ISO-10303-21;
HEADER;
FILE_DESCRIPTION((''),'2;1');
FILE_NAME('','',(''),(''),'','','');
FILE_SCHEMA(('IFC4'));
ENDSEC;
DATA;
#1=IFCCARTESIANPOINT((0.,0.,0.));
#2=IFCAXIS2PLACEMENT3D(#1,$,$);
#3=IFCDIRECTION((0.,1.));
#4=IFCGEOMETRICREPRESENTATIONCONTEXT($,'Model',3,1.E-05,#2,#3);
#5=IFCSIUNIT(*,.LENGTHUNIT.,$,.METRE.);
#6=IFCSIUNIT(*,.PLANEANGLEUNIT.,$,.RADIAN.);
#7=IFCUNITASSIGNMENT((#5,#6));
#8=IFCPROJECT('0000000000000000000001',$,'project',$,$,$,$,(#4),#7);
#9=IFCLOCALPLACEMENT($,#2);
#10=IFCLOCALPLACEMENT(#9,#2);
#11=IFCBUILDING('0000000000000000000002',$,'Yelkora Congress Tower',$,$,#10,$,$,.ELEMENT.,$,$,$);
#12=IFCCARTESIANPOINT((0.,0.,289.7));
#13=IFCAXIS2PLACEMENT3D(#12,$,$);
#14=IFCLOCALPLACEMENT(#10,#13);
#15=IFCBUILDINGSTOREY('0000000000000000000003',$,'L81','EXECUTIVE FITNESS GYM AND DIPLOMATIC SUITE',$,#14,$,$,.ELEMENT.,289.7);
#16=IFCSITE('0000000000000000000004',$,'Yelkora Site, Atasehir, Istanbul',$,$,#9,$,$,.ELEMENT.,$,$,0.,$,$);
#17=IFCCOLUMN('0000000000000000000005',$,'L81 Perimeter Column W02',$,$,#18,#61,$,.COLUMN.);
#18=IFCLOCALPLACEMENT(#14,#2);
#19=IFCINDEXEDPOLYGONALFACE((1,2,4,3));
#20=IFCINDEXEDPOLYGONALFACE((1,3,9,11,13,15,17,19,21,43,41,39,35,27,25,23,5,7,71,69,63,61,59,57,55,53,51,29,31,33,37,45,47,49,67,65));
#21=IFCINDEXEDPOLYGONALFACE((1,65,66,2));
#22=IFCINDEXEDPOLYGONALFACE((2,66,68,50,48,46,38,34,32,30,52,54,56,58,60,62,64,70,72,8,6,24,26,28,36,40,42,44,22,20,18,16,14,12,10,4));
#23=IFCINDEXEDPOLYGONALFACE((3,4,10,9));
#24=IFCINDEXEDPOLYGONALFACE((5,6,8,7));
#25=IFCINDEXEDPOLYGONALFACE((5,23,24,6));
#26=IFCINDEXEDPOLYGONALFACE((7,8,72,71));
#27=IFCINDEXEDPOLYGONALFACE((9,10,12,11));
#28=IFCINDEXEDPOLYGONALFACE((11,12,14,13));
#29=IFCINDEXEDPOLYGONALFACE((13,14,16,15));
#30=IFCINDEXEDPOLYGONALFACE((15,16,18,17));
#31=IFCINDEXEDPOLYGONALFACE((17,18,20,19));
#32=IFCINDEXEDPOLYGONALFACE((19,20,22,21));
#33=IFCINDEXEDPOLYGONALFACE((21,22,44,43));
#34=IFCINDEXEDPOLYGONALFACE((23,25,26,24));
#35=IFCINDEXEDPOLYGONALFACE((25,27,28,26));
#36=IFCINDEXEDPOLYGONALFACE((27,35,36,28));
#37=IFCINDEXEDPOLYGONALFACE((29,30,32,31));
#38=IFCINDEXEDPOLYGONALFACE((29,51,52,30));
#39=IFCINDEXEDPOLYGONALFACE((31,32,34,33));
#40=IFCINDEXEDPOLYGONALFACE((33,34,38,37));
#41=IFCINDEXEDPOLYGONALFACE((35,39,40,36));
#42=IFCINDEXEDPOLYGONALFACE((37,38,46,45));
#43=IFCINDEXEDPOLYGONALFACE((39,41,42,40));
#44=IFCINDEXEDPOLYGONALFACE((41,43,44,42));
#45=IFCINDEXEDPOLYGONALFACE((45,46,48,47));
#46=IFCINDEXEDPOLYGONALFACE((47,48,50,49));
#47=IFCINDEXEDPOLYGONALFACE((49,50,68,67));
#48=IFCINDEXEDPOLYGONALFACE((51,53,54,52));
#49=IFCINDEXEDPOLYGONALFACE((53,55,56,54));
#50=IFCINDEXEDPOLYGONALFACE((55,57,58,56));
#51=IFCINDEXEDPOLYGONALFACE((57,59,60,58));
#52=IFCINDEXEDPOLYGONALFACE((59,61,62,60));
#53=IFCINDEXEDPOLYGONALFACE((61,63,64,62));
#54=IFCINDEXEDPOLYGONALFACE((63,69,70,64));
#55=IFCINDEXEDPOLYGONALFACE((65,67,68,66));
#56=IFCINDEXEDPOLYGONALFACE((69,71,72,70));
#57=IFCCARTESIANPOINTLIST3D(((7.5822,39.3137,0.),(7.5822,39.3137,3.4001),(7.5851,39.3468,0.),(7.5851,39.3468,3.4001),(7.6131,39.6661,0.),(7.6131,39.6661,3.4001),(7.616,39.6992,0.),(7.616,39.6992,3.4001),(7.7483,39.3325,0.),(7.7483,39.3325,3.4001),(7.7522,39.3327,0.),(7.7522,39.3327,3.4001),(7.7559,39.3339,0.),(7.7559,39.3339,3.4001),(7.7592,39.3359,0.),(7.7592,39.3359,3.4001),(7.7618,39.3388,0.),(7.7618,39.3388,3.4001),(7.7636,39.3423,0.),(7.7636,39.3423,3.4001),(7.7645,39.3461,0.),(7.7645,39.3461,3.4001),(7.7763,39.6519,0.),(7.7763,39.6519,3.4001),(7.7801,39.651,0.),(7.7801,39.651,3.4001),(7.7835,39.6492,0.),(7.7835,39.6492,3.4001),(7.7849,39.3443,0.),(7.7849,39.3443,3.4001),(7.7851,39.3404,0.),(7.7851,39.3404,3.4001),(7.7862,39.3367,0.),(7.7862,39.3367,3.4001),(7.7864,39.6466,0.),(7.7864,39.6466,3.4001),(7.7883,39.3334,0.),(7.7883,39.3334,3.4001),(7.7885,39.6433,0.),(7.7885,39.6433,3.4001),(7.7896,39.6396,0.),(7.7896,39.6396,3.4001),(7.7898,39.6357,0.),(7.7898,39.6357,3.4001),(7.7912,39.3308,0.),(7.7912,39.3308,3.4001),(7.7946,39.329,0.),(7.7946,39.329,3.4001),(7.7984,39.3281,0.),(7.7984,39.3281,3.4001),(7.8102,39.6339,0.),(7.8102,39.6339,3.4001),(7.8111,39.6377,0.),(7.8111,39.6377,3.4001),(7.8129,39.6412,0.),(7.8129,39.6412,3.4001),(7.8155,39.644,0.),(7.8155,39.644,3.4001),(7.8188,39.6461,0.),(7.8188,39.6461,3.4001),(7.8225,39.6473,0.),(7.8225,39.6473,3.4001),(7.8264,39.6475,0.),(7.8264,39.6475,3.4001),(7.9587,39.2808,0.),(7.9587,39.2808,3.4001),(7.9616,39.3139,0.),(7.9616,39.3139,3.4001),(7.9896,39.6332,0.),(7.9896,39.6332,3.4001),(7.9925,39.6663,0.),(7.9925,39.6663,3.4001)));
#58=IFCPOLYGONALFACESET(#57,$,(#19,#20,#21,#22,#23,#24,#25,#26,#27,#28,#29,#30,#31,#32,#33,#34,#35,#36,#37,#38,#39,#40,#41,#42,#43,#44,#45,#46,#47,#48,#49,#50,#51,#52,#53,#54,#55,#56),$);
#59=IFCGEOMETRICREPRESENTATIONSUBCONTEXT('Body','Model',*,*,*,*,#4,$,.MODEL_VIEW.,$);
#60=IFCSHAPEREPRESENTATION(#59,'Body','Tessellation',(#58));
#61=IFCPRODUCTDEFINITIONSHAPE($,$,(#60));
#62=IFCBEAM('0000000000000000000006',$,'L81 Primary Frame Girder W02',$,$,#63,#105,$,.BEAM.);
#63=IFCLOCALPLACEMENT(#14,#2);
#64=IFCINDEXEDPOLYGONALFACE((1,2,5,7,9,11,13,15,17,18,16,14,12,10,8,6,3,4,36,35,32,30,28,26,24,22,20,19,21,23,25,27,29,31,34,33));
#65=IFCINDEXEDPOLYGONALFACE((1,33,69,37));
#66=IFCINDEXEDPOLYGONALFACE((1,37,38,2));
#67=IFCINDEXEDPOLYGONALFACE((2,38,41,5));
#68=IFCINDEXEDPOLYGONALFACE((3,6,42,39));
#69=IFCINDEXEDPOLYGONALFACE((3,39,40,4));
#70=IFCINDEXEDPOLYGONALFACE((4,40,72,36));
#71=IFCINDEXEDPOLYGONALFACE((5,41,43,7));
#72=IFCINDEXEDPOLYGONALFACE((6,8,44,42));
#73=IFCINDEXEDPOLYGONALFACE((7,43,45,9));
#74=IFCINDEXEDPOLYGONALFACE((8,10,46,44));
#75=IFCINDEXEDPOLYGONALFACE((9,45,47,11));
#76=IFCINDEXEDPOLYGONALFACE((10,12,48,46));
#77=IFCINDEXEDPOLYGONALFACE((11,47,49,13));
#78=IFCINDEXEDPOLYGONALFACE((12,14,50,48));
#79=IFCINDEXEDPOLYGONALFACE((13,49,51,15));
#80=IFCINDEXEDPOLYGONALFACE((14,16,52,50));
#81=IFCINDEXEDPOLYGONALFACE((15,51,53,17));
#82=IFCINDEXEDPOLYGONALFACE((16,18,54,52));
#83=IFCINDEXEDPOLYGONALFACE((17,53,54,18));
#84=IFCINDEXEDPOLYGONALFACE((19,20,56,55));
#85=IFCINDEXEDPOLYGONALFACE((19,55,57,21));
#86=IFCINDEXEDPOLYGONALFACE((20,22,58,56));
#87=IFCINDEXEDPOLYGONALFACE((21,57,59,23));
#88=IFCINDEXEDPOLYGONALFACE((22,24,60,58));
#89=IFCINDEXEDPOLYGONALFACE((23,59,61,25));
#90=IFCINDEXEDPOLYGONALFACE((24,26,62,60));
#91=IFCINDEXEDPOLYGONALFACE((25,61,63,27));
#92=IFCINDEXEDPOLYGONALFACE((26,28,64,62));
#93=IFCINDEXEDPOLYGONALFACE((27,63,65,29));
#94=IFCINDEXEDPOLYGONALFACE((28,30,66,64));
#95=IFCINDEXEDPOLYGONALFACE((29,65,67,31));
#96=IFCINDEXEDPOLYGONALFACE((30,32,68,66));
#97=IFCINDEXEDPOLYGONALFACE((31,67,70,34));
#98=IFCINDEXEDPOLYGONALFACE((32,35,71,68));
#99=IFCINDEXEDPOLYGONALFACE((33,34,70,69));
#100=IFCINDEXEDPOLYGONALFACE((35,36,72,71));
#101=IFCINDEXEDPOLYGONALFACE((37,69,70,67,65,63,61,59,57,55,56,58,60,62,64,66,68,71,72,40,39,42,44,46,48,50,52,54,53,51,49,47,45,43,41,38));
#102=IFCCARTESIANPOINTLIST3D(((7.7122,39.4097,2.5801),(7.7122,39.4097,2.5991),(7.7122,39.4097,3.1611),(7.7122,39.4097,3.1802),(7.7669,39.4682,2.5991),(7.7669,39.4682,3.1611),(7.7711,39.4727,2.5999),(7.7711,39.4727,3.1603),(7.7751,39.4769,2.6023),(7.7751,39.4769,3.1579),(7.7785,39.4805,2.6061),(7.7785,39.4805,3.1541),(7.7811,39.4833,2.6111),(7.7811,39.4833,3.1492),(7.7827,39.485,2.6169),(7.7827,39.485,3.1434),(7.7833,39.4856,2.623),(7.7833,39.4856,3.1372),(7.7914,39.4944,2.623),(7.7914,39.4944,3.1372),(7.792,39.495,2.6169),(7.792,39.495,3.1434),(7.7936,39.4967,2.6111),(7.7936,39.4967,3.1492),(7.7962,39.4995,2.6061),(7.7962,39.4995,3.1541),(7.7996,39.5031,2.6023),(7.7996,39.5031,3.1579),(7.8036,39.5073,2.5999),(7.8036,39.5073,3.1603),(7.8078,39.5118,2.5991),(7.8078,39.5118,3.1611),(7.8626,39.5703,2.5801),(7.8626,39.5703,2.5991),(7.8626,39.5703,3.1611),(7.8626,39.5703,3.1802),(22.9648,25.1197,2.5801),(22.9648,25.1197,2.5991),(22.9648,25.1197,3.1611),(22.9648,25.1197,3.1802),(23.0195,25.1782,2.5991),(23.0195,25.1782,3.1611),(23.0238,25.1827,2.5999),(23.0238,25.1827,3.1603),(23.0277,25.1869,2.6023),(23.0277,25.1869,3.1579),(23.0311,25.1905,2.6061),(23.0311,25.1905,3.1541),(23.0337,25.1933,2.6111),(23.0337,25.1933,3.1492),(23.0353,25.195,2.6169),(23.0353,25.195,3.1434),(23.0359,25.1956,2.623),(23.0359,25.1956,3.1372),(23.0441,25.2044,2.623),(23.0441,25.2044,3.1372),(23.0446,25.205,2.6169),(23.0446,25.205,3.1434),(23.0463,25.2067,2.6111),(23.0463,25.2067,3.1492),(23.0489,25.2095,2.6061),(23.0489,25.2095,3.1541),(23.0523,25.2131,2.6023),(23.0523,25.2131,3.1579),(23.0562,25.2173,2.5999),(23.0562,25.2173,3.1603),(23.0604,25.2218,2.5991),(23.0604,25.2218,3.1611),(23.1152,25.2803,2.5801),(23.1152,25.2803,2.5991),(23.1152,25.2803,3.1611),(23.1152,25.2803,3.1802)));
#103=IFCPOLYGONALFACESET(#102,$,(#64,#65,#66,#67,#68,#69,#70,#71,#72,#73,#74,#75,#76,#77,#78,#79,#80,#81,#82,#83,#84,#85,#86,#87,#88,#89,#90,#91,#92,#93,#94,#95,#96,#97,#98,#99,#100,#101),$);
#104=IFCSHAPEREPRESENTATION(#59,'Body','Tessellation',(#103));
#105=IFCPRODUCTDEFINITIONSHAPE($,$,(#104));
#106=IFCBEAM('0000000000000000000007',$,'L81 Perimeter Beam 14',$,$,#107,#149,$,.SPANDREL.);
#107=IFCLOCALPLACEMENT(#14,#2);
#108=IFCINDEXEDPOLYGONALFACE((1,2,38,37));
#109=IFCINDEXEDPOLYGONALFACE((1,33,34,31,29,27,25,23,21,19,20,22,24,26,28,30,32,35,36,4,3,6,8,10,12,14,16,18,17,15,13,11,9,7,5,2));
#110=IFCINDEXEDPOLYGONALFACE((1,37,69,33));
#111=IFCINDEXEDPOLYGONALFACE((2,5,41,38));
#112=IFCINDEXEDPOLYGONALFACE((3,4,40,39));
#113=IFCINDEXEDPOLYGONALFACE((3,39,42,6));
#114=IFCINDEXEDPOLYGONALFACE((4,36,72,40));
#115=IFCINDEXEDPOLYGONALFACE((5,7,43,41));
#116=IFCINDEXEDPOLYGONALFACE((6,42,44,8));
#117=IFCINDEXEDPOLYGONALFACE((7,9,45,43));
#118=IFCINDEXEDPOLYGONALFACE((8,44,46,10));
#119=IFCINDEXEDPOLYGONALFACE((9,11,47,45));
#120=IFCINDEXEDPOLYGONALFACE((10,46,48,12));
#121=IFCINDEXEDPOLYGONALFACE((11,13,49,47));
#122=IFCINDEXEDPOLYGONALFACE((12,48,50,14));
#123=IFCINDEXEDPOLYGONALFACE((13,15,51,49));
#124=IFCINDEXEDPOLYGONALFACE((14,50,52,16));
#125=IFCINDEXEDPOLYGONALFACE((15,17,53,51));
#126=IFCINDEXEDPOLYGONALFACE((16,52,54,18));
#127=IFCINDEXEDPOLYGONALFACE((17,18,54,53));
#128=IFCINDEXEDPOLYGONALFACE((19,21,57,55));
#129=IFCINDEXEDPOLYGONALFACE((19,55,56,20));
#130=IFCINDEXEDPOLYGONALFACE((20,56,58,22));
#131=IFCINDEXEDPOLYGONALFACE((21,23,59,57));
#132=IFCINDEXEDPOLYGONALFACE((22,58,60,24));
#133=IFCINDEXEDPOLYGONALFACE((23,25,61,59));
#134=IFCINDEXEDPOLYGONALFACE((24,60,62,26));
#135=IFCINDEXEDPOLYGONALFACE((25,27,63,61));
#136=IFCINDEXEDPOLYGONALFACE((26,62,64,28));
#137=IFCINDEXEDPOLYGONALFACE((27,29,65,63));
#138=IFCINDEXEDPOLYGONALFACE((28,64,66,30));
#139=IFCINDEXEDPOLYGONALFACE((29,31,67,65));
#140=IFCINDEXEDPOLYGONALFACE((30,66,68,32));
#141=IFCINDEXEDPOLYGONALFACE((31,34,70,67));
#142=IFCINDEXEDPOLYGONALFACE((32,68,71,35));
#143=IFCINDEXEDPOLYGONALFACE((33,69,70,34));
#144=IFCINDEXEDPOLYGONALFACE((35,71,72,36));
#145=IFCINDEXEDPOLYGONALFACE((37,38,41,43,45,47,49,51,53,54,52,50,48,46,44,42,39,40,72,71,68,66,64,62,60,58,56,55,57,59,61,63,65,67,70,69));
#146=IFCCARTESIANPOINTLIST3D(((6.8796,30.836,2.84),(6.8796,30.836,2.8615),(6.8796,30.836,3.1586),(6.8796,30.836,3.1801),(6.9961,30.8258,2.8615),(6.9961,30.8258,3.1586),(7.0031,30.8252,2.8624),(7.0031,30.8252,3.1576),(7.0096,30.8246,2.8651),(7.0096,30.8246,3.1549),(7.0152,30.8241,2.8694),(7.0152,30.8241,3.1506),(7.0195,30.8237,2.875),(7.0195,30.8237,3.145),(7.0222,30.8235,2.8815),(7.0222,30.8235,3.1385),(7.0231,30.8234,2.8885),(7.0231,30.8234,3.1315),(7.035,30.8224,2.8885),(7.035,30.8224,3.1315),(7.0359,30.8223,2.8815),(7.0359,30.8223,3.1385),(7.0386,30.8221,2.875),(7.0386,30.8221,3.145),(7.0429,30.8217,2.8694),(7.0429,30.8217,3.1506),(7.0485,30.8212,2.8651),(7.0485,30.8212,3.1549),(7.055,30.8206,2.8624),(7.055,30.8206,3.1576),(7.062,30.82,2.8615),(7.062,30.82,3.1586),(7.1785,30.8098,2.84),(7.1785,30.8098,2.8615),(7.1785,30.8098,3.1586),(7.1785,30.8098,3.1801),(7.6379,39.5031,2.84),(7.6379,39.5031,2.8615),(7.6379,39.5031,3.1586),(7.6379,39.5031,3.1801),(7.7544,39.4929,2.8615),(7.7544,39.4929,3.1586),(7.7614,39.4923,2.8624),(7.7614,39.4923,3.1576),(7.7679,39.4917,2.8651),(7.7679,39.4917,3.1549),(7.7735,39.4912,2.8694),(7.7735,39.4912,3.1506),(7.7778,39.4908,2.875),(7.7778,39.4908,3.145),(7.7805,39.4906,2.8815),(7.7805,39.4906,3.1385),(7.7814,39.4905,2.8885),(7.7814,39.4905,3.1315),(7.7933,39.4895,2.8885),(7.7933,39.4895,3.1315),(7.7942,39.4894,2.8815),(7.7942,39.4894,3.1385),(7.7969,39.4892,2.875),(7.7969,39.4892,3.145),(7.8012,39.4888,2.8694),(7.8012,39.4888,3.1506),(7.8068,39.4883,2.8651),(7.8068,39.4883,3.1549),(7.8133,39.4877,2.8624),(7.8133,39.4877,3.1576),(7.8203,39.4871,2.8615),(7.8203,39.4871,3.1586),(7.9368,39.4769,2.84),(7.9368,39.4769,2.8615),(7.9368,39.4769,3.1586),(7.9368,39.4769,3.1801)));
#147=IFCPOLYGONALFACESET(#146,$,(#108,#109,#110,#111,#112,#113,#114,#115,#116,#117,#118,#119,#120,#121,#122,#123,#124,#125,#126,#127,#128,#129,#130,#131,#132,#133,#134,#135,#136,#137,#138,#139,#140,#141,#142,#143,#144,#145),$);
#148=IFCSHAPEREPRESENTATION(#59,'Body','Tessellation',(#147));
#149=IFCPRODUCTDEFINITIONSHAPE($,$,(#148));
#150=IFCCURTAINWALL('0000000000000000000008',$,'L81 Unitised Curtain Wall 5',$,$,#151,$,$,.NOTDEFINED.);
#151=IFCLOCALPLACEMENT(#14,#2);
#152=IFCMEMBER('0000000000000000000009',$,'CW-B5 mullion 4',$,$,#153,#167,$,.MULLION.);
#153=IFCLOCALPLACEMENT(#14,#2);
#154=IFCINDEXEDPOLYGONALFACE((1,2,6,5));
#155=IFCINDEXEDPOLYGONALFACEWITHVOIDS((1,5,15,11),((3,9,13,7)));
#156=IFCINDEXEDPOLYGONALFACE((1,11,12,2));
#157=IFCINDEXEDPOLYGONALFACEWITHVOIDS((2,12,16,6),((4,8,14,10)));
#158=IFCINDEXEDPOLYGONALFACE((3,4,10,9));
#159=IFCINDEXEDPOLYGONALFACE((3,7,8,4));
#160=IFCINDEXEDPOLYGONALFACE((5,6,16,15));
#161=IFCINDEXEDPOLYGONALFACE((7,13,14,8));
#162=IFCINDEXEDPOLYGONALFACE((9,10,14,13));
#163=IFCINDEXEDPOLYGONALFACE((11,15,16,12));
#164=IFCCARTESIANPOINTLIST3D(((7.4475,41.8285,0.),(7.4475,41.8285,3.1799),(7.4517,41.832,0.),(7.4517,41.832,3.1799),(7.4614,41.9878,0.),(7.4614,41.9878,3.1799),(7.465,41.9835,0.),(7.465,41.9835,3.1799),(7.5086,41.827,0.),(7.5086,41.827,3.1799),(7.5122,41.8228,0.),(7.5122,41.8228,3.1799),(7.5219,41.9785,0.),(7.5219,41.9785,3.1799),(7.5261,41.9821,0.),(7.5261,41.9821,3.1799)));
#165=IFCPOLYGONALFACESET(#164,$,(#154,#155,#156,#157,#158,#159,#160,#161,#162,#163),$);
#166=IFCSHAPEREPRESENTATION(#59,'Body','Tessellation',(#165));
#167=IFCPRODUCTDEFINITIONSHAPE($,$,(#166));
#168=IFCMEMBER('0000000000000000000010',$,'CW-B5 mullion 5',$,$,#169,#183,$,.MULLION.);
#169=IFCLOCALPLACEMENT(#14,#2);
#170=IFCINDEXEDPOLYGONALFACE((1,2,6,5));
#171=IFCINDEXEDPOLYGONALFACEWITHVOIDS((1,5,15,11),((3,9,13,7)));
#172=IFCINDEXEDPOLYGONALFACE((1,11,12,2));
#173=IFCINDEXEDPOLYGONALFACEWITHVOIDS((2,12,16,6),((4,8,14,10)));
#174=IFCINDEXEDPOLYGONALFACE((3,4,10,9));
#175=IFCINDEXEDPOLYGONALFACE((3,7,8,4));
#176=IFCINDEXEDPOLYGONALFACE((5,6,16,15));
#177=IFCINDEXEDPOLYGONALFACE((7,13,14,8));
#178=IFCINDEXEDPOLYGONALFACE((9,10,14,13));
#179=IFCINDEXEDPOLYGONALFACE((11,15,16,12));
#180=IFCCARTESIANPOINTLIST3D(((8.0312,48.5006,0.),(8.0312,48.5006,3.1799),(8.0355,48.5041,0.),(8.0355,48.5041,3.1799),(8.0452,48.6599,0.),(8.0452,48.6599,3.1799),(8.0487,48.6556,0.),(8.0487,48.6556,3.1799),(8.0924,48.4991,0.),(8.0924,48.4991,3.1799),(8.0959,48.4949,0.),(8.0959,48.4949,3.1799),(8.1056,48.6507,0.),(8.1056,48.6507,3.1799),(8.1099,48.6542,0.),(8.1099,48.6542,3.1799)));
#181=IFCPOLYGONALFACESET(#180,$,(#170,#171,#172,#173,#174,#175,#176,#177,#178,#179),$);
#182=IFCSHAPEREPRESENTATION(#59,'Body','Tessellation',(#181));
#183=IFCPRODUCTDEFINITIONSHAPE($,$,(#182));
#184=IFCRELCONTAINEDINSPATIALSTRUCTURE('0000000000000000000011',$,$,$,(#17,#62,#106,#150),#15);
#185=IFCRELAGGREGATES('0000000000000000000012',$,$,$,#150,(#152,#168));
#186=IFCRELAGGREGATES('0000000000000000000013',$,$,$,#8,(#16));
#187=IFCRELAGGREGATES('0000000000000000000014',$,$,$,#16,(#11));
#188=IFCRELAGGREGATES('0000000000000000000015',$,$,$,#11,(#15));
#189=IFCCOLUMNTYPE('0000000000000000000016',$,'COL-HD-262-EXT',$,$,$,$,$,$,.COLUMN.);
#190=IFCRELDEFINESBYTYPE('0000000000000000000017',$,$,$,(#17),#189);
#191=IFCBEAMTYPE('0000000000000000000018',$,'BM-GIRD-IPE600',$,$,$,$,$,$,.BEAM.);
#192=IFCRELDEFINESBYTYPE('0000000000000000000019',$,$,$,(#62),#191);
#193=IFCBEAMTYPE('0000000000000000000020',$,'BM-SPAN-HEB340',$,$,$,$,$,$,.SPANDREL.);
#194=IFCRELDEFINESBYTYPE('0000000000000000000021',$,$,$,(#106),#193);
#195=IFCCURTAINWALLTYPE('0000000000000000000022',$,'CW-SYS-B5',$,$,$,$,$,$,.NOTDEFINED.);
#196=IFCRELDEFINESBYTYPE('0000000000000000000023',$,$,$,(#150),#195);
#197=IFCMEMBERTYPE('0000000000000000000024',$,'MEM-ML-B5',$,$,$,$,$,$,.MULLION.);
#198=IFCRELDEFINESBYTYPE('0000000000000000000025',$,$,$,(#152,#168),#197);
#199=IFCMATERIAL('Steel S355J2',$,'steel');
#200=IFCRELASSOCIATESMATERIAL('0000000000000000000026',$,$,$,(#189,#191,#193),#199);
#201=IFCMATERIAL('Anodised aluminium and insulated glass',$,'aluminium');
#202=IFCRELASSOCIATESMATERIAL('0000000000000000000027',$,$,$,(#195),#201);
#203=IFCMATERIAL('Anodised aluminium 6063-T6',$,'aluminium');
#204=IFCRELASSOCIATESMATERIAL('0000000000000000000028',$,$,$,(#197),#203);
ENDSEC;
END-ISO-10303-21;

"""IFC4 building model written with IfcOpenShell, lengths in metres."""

from ifc_helpers import new_model, si_unit, direction, frame, origin, origin_2d, place, context, subcontext, project, spatial, hollow_rectangle, i_section, extrude, material, material_profile, profile_set, type_object, element, aggregate, save


model = new_model("IFC4")

# Units and contexts
model_context = context("Model", 3, precision=1e-05, world=origin(), true_north=direction((0.0, 1.0)))
body_context = subcontext(model_context, "Body", "Model", "MODEL_VIEW")
ifc_project = project(units=[si_unit("LENGTHUNIT", "METRE"), si_unit("PLANEANGLEUNIT", "RADIAN")], contexts=[model_context])

# Site, building, storey
site_placement = place(None, origin())
site = spatial("IfcSite", under=ifc_project, at=site_placement, Name="Yelkora Site, Atasehir, Istanbul", CompositionType="ELEMENT", RefElevation=0.0)
building_placement = place(site_placement, origin())
building = spatial("IfcBuilding", under=site, at=building_placement, Name="Yelkora Congress Tower", CompositionType="ELEMENT")
storey_placement = place(building_placement, frame((0.0, 0.0, 289.7)))
storey = spatial("IfcBuildingStorey", under=building, at=storey_placement, Name="L81", Description="EXECUTIVE FITNESS GYM AND DIPLOMATIC SUITE", CompositionType="ELEMENT", Elevation=289.7)

# Column
ifc_material_1 = material(Name="Steel S355J2", Category="steel")
ifc_material_profile_1 = material_profile(ifc_material_1, i_section(OverallWidth=0.3779, OverallDepth=0.387, WebThickness=0.0205, FlangeThickness=0.0332, FilletRadius=0.0149, at=origin_2d()), Name="HD 360x262")
ifc_profile_set_1 = profile_set([ifc_material_profile_1], Name="Steel S355J2")
column_type = type_object("IfcColumnType", Name="COL-HD-262-EXT", PredefinedType="COLUMN", material=ifc_profile_set_1)
column_placement = place(storey_placement, frame((7.7874, 39.49, 0.0), z_axis=(0.0, 0.0, 1.0), x_axis=(0.996195, -0.087156, 0.0)))
element("IfcColumn", 1, at=column_placement, inside=storey, type_object=column_type, Name="L81 Perimeter Column W02", PredefinedType="COLUMN", context=body_context, shape_type="SweptSolid", body=[
    extrude(i_section(OverallWidth=0.3779, OverallDepth=0.387, WebThickness=0.0205, FlangeThickness=0.0332, FilletRadius=0.0149, at=origin_2d()), origin(), (0.0, 0.0, 1.0), 3.4001),
])

# Beams
ifc_material_profile_2 = material_profile(ifc_material_1, i_section(OverallWidth=0.22, OverallDepth=0.6001, WebThickness=0.012, FlangeThickness=0.019, FilletRadius=0.0239, at=origin_2d()), Name="IPE 600")
ifc_profile_set_2 = profile_set([ifc_material_profile_2], Name="Steel S355J2")
beam_type_1 = type_object("IfcBeamType", Name="BM-GIRD-IPE600", PredefinedType="BEAM", material=ifc_profile_set_2)
beam_1_placement = place(storey_placement, frame((7.7874, 39.49, 2.8801), z_axis=(0.72976, -0.683703, 0.0), x_axis=(0.683703, 0.72976, 0.0)))
element("IfcBeam", 2, at=beam_1_placement, inside=storey, type_object=beam_type_1, Name="L81 Primary Frame Girder W02", PredefinedType="BEAM", context=body_context, shape_type="SweptSolid", body=[
    extrude(i_section(OverallWidth=0.22, OverallDepth=0.6001, WebThickness=0.012, FlangeThickness=0.019, FilletRadius=0.0239, at=origin_2d()), origin(), (0.0, 0.0, 1.0), 20.9009),
])
ifc_material_profile_3 = material_profile(ifc_material_1, i_section(OverallWidth=0.3, OverallDepth=0.3401, WebThickness=0.012, FlangeThickness=0.0215, FilletRadius=0.0271, at=origin_2d()), Name="HEB 340")
ifc_profile_set_3 = profile_set([ifc_material_profile_3], Name="Steel S355J2")
beam_type_2 = type_object("IfcBeamType", Name="BM-SPAN-HEB340", PredefinedType="SPANDREL", material=ifc_profile_set_3)
beam_2_placement = place(storey_placement, frame((7.7874, 39.49, 3.01), z_axis=(-0.08716, -0.996194, 0.0), x_axis=(0.996194, -0.08716, 0.0)))
element("IfcBeam", 3, at=beam_2_placement, inside=storey, type_object=beam_type_2, Name="L81 Perimeter Beam 14", PredefinedType="SPANDREL", context=body_context, shape_type="SweptSolid", body=[
    extrude(i_section(OverallWidth=0.3, OverallDepth=0.3401, WebThickness=0.012, FlangeThickness=0.0215, FilletRadius=0.0271, at=origin_2d()), origin(), (0.0, 0.0, 1.0), 8.7002),
])

# Curtain wall, members
ifc_material_2 = material(Name="Anodised aluminium and insulated glass", Category="aluminium")
curtain_wall_type = type_object("IfcCurtainWallType", Name="CW-SYS-B5", PredefinedType="NOTDEFINED", material=ifc_material_2)
curtain_wall_1_placement = place(storey_placement, origin())
curtain_wall_1 = element("IfcCurtainWall", 4, at=curtain_wall_1_placement, inside=storey, type_object=curtain_wall_type, Name="L81 Unitised Curtain Wall 5", PredefinedType="NOTDEFINED")
ifc_material_3 = material(Name="Anodised aluminium 6063-T6", Category="aluminium")
ifc_material_profile_4 = material_profile(ifc_material_3, hollow_rectangle(XDim=0.0649, YDim=0.1599, WallThickness=0.0039, at=origin_2d()), Name="ALU 65x160x4")
ifc_profile_set_4 = profile_set([ifc_material_profile_4], Name="Anodised aluminium 6063-T6")
member_type_1 = type_object("IfcMemberType", Name="MEM-ML-B5", PredefinedType="MULLION", material=ifc_profile_set_4)
member_1_placement = place(storey_placement, frame((7.4868, 41.9053, 0.0), z_axis=(0.0, 0.0, 1.0), x_axis=(-0.996195, 0.087155, 0.0)))
member_1 = element("IfcMember", 5, at=member_1_placement, type_object=member_type_1, Name="CW-B5 mullion 4", PredefinedType="MULLION", context=body_context, shape_type="SweptSolid", body=[
    extrude(hollow_rectangle(XDim=0.0649, YDim=0.1599, WallThickness=0.0039, at=origin_2d()), origin(), (0.0, 0.0, 1.0), 3.1799),
])
member_2_placement = place(storey_placement, frame((8.0706, 48.5774, 0.0), z_axis=(0.0, 0.0, 1.0), x_axis=(-0.996195, 0.087155, 0.0)))
member_2 = element("IfcMember", 6, at=member_2_placement, type_object=member_type_1, Name="CW-B5 mullion 5", PredefinedType="MULLION", context=body_context, shape_type="SweptSolid", body=[
    extrude(hollow_rectangle(XDim=0.0649, YDim=0.1599, WallThickness=0.0039, at=origin_2d()), origin(), (0.0, 0.0, 1.0), 3.1799),
])

aggregate(curtain_wall_1, [member_1, member_2])

save(model, "model.ifc")
